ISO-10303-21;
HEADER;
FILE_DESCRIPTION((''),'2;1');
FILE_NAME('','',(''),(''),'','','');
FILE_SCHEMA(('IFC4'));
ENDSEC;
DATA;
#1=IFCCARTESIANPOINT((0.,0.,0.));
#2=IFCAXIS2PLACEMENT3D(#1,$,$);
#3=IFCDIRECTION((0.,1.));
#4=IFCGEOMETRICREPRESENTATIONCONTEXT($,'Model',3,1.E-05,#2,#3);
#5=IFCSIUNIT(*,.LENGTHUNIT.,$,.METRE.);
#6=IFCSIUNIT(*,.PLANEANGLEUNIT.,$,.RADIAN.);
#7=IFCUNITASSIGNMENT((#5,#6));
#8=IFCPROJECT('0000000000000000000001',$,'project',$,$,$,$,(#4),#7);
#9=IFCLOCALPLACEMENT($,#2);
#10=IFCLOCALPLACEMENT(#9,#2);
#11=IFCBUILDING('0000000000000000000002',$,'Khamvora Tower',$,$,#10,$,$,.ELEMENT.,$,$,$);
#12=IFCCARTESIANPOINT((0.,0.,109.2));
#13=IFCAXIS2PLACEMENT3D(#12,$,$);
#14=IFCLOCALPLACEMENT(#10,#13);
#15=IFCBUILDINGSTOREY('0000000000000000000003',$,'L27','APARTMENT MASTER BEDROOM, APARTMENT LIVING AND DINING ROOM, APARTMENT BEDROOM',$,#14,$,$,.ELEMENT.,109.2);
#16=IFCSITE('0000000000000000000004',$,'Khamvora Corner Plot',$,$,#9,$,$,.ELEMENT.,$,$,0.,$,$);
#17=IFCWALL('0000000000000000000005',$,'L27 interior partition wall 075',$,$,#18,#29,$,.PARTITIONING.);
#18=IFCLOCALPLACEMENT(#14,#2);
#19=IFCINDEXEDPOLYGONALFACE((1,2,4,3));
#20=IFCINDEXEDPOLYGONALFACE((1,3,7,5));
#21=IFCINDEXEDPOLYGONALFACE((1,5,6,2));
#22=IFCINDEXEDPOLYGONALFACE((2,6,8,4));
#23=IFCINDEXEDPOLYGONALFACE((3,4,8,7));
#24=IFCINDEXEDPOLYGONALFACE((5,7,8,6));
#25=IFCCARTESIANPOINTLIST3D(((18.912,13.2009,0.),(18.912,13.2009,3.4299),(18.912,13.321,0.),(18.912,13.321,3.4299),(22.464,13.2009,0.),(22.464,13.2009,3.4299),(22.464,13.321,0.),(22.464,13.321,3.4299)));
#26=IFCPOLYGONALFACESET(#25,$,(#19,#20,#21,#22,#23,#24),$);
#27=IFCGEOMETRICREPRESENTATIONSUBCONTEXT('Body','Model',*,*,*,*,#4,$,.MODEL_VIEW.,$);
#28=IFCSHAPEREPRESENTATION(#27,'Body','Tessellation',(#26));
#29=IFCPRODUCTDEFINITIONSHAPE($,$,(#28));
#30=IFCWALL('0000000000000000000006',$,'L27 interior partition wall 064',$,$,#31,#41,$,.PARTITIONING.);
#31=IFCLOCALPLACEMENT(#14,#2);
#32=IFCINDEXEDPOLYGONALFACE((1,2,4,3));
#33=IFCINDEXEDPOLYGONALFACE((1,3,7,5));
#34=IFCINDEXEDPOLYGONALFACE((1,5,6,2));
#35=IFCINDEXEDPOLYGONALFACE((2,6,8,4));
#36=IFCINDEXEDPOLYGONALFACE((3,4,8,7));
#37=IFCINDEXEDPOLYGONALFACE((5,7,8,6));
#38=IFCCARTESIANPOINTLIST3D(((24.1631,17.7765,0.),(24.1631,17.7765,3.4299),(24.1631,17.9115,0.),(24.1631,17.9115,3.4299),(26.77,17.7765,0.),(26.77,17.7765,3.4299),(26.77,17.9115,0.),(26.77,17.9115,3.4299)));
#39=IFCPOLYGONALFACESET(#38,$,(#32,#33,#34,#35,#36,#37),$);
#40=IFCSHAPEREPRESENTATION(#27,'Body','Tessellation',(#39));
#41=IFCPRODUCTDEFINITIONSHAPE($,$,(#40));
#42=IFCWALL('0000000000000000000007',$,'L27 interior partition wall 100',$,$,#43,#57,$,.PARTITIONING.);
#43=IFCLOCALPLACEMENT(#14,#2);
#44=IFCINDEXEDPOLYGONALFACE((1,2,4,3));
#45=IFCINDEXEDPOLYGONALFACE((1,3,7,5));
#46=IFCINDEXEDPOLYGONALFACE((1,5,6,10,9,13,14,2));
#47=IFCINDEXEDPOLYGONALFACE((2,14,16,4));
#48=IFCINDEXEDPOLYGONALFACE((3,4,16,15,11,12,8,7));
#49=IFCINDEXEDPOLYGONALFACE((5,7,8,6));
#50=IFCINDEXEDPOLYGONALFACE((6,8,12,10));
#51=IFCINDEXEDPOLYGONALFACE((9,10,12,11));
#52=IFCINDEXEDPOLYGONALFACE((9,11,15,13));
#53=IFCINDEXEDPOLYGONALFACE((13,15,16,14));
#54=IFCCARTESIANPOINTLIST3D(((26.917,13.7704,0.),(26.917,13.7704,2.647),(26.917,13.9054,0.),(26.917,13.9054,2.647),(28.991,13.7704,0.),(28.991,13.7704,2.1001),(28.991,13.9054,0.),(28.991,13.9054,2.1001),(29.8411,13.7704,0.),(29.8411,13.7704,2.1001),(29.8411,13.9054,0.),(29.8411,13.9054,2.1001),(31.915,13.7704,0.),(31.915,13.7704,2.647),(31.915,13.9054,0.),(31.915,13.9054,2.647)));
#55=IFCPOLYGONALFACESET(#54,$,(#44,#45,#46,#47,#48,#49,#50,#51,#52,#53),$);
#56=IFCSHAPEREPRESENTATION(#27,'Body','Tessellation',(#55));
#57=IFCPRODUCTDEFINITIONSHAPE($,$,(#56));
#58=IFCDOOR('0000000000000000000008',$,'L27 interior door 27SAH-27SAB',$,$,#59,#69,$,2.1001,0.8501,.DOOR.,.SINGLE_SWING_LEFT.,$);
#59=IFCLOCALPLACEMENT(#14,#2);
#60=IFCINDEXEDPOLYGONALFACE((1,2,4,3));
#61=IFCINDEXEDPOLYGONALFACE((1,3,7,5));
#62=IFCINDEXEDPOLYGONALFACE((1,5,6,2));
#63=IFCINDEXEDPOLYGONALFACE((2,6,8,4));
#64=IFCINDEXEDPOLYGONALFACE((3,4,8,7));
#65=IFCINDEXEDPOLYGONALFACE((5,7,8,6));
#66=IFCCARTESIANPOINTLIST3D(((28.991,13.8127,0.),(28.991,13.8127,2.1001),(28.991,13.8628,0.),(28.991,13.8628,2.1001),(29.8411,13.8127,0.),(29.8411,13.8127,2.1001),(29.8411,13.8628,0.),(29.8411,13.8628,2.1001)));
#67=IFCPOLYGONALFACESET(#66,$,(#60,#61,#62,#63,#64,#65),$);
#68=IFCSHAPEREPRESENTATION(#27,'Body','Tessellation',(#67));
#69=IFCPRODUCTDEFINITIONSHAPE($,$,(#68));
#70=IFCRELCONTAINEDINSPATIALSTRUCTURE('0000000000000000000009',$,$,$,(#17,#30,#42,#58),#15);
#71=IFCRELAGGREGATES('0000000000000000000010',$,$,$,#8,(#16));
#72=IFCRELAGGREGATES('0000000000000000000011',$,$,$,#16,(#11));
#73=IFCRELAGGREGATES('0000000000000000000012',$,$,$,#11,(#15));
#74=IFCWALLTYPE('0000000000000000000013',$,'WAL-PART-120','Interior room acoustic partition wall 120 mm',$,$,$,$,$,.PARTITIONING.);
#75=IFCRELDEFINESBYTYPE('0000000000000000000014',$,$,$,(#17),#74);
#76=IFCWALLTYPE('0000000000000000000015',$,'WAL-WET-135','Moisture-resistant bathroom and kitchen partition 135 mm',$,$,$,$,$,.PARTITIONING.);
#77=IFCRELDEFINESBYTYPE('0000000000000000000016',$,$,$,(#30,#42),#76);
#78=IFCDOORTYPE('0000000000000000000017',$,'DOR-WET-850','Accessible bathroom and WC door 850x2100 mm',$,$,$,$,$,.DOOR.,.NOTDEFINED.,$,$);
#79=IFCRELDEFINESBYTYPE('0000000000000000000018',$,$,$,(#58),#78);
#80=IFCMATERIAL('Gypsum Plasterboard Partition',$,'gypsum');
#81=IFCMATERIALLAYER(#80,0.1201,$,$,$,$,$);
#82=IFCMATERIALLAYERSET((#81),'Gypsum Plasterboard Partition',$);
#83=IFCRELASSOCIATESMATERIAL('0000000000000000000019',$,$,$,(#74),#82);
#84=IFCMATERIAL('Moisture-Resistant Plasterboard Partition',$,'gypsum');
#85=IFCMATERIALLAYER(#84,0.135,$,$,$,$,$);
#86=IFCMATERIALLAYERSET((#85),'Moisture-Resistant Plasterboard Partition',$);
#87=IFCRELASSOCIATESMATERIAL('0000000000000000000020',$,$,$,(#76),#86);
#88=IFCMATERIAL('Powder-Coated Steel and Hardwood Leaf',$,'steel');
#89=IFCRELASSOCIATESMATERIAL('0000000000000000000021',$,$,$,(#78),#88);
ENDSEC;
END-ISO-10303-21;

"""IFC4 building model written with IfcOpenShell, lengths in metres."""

from ifc_helpers import new_model, si_unit, direction, frame, frame_2d, origin, place, context, subcontext, project, spatial, rectangle, extrude, material, layer, layer_set, type_object, element, fill, save


model = new_model("IFC4")

# Units and contexts
model_context = context("Model", 3, precision=1e-05, world=origin(), true_north=direction((0.0, 1.0)))
body_context = subcontext(model_context, "Body", "Model", "MODEL_VIEW")
ifc_project = project(units=[si_unit("LENGTHUNIT", "METRE"), si_unit("PLANEANGLEUNIT", "RADIAN")], contexts=[model_context])

# Site, building, storey
site_placement = place(None, origin())
site = spatial("IfcSite", under=ifc_project, at=site_placement, Name="Khamvora Corner Plot", CompositionType="ELEMENT", RefElevation=0.0)
building_placement = place(site_placement, origin())
building = spatial("IfcBuilding", under=site, at=building_placement, Name="Khamvora Tower", CompositionType="ELEMENT")
storey_placement = place(building_placement, frame((0.0, 0.0, 109.2)))
storey = spatial("IfcBuildingStorey", under=building, at=storey_placement, Name="L27", Description="APARTMENT MASTER BEDROOM, APARTMENT LIVING AND DINING ROOM, APARTMENT BEDROOM", CompositionType="ELEMENT", Elevation=109.2)

# Shared definitions
ifc_material_1 = material(Name="Gypsum Plasterboard Partition", Category="gypsum")
ifc_layer_1 = layer(ifc_material_1, 0.1201)
ifc_layer_set_1 = layer_set([ifc_layer_1], Name="Gypsum Plasterboard Partition")
wall_type_1 = type_object("IfcWallType", Name="WAL-PART-120", Description="Interior room acoustic partition wall 120 mm", PredefinedType="PARTITIONING", material=ifc_layer_set_1)
ifc_material_2 = material(Name="Powder-Coated Steel and Hardwood Leaf", Category="steel")

# Walls
wall_1_placement = place(storey_placement, frame((18.9121, 13.261, 0.0), z_axis=(0.0, 0.0, 1.0), x_axis=(1.0, 0.0, 0.0)))
element("IfcWall", 1, at=wall_1_placement, inside=storey, type_object=wall_type_1, Name="L27 interior partition wall 075", PredefinedType="PARTITIONING", context=body_context, shape_type="SweptSolid", body=[
    extrude(rectangle(XDim=3.552, YDim=0.1201, at=frame_2d((1.7759, 0.0))), origin(), (0.0, 0.0, 1.0), 3.4299),
])
ifc_material_3 = material(Name="Moisture-Resistant Plasterboard Partition", Category="gypsum")
ifc_layer_2 = layer(ifc_material_3, 0.135)
ifc_layer_set_2 = layer_set([ifc_layer_2], Name="Moisture-Resistant Plasterboard Partition")
wall_type_2 = type_object("IfcWallType", Name="WAL-WET-135", Description="Moisture-resistant bathroom and kitchen partition 135 mm", PredefinedType="PARTITIONING", material=ifc_layer_set_2)
wall_2_placement = place(storey_placement, frame((24.1631, 17.844, 0.0), z_axis=(0.0, 0.0, 1.0), x_axis=(1.0, 0.0, 0.0)))
element("IfcWall", 2, at=wall_2_placement, inside=storey, type_object=wall_type_2, Name="L27 interior partition wall 064", PredefinedType="PARTITIONING", context=body_context, shape_type="SweptSolid", body=[
    extrude(rectangle(XDim=2.6069, YDim=0.135, at=frame_2d((1.3035, 0.0))), origin(), (0.0, 0.0, 1.0), 3.4299),
])

# Wall, opening, door
wall_3_placement = place(storey_placement, frame((26.917, 13.8379, 0.0), z_axis=(0.0, 0.0, 1.0), x_axis=(1.0, 0.0, 0.0)))
wall_3 = element("IfcWall", 3, at=wall_3_placement, inside=storey, type_object=wall_type_2, Name="L27 interior partition wall 100", PredefinedType="PARTITIONING", context=body_context, shape_type="SweptSolid", body=[
    extrude(rectangle(XDim=4.998, YDim=0.135, at=frame_2d((2.499, 0.0))), origin(), (0.0, 0.0, 1.0), 2.647),
])
opening_1_placement = place(wall_3_placement, frame((2.074, 0.0, 0.0)))
opening_1 = element("IfcOpeningElement", 4, at=opening_1_placement, cuts=wall_3, PredefinedType="OPENING", context=body_context, shape_type="SweptSolid", body=[
    extrude(rectangle(XDim=0.8501, YDim=2.1001, at=frame_2d((0.425, 1.05))), frame((0.0, 0.0774, 0.0), z_axis=(0.0, -1.0, 0.0), x_axis=(1.0, 0.0, 0.0)), (0.0, 0.0, 1.0), 0.155),
])
door_type_1 = type_object("IfcDoorType", Name="DOR-WET-850", Description="Accessible bathroom and WC door 850x2100 mm", OperationType="NOTDEFINED", PredefinedType="DOOR", material=ifc_material_2)
door_1_placement = place(opening_1_placement, origin())
door_1 = element("IfcDoor", 5, at=door_1_placement, inside=storey, type_object=door_type_1, Name="L27 interior door 27SAH-27SAB", OperationType="SINGLE_SWING_LEFT", OverallHeight=2.1001, OverallWidth=0.8501, PredefinedType="DOOR", context=body_context, shape_type="SweptSolid", body=[
    extrude(rectangle(XDim=0.8501, YDim=2.1001, at=frame_2d((0.425, 1.05))), frame((0.0, 0.0249, 0.0), z_axis=(0.0, -1.0, 0.0), x_axis=(1.0, 0.0, 0.0)), (0.0, 0.0, 1.0), 0.05),
])
fill(opening_1, door_1)

save(model, "model.ifc")
